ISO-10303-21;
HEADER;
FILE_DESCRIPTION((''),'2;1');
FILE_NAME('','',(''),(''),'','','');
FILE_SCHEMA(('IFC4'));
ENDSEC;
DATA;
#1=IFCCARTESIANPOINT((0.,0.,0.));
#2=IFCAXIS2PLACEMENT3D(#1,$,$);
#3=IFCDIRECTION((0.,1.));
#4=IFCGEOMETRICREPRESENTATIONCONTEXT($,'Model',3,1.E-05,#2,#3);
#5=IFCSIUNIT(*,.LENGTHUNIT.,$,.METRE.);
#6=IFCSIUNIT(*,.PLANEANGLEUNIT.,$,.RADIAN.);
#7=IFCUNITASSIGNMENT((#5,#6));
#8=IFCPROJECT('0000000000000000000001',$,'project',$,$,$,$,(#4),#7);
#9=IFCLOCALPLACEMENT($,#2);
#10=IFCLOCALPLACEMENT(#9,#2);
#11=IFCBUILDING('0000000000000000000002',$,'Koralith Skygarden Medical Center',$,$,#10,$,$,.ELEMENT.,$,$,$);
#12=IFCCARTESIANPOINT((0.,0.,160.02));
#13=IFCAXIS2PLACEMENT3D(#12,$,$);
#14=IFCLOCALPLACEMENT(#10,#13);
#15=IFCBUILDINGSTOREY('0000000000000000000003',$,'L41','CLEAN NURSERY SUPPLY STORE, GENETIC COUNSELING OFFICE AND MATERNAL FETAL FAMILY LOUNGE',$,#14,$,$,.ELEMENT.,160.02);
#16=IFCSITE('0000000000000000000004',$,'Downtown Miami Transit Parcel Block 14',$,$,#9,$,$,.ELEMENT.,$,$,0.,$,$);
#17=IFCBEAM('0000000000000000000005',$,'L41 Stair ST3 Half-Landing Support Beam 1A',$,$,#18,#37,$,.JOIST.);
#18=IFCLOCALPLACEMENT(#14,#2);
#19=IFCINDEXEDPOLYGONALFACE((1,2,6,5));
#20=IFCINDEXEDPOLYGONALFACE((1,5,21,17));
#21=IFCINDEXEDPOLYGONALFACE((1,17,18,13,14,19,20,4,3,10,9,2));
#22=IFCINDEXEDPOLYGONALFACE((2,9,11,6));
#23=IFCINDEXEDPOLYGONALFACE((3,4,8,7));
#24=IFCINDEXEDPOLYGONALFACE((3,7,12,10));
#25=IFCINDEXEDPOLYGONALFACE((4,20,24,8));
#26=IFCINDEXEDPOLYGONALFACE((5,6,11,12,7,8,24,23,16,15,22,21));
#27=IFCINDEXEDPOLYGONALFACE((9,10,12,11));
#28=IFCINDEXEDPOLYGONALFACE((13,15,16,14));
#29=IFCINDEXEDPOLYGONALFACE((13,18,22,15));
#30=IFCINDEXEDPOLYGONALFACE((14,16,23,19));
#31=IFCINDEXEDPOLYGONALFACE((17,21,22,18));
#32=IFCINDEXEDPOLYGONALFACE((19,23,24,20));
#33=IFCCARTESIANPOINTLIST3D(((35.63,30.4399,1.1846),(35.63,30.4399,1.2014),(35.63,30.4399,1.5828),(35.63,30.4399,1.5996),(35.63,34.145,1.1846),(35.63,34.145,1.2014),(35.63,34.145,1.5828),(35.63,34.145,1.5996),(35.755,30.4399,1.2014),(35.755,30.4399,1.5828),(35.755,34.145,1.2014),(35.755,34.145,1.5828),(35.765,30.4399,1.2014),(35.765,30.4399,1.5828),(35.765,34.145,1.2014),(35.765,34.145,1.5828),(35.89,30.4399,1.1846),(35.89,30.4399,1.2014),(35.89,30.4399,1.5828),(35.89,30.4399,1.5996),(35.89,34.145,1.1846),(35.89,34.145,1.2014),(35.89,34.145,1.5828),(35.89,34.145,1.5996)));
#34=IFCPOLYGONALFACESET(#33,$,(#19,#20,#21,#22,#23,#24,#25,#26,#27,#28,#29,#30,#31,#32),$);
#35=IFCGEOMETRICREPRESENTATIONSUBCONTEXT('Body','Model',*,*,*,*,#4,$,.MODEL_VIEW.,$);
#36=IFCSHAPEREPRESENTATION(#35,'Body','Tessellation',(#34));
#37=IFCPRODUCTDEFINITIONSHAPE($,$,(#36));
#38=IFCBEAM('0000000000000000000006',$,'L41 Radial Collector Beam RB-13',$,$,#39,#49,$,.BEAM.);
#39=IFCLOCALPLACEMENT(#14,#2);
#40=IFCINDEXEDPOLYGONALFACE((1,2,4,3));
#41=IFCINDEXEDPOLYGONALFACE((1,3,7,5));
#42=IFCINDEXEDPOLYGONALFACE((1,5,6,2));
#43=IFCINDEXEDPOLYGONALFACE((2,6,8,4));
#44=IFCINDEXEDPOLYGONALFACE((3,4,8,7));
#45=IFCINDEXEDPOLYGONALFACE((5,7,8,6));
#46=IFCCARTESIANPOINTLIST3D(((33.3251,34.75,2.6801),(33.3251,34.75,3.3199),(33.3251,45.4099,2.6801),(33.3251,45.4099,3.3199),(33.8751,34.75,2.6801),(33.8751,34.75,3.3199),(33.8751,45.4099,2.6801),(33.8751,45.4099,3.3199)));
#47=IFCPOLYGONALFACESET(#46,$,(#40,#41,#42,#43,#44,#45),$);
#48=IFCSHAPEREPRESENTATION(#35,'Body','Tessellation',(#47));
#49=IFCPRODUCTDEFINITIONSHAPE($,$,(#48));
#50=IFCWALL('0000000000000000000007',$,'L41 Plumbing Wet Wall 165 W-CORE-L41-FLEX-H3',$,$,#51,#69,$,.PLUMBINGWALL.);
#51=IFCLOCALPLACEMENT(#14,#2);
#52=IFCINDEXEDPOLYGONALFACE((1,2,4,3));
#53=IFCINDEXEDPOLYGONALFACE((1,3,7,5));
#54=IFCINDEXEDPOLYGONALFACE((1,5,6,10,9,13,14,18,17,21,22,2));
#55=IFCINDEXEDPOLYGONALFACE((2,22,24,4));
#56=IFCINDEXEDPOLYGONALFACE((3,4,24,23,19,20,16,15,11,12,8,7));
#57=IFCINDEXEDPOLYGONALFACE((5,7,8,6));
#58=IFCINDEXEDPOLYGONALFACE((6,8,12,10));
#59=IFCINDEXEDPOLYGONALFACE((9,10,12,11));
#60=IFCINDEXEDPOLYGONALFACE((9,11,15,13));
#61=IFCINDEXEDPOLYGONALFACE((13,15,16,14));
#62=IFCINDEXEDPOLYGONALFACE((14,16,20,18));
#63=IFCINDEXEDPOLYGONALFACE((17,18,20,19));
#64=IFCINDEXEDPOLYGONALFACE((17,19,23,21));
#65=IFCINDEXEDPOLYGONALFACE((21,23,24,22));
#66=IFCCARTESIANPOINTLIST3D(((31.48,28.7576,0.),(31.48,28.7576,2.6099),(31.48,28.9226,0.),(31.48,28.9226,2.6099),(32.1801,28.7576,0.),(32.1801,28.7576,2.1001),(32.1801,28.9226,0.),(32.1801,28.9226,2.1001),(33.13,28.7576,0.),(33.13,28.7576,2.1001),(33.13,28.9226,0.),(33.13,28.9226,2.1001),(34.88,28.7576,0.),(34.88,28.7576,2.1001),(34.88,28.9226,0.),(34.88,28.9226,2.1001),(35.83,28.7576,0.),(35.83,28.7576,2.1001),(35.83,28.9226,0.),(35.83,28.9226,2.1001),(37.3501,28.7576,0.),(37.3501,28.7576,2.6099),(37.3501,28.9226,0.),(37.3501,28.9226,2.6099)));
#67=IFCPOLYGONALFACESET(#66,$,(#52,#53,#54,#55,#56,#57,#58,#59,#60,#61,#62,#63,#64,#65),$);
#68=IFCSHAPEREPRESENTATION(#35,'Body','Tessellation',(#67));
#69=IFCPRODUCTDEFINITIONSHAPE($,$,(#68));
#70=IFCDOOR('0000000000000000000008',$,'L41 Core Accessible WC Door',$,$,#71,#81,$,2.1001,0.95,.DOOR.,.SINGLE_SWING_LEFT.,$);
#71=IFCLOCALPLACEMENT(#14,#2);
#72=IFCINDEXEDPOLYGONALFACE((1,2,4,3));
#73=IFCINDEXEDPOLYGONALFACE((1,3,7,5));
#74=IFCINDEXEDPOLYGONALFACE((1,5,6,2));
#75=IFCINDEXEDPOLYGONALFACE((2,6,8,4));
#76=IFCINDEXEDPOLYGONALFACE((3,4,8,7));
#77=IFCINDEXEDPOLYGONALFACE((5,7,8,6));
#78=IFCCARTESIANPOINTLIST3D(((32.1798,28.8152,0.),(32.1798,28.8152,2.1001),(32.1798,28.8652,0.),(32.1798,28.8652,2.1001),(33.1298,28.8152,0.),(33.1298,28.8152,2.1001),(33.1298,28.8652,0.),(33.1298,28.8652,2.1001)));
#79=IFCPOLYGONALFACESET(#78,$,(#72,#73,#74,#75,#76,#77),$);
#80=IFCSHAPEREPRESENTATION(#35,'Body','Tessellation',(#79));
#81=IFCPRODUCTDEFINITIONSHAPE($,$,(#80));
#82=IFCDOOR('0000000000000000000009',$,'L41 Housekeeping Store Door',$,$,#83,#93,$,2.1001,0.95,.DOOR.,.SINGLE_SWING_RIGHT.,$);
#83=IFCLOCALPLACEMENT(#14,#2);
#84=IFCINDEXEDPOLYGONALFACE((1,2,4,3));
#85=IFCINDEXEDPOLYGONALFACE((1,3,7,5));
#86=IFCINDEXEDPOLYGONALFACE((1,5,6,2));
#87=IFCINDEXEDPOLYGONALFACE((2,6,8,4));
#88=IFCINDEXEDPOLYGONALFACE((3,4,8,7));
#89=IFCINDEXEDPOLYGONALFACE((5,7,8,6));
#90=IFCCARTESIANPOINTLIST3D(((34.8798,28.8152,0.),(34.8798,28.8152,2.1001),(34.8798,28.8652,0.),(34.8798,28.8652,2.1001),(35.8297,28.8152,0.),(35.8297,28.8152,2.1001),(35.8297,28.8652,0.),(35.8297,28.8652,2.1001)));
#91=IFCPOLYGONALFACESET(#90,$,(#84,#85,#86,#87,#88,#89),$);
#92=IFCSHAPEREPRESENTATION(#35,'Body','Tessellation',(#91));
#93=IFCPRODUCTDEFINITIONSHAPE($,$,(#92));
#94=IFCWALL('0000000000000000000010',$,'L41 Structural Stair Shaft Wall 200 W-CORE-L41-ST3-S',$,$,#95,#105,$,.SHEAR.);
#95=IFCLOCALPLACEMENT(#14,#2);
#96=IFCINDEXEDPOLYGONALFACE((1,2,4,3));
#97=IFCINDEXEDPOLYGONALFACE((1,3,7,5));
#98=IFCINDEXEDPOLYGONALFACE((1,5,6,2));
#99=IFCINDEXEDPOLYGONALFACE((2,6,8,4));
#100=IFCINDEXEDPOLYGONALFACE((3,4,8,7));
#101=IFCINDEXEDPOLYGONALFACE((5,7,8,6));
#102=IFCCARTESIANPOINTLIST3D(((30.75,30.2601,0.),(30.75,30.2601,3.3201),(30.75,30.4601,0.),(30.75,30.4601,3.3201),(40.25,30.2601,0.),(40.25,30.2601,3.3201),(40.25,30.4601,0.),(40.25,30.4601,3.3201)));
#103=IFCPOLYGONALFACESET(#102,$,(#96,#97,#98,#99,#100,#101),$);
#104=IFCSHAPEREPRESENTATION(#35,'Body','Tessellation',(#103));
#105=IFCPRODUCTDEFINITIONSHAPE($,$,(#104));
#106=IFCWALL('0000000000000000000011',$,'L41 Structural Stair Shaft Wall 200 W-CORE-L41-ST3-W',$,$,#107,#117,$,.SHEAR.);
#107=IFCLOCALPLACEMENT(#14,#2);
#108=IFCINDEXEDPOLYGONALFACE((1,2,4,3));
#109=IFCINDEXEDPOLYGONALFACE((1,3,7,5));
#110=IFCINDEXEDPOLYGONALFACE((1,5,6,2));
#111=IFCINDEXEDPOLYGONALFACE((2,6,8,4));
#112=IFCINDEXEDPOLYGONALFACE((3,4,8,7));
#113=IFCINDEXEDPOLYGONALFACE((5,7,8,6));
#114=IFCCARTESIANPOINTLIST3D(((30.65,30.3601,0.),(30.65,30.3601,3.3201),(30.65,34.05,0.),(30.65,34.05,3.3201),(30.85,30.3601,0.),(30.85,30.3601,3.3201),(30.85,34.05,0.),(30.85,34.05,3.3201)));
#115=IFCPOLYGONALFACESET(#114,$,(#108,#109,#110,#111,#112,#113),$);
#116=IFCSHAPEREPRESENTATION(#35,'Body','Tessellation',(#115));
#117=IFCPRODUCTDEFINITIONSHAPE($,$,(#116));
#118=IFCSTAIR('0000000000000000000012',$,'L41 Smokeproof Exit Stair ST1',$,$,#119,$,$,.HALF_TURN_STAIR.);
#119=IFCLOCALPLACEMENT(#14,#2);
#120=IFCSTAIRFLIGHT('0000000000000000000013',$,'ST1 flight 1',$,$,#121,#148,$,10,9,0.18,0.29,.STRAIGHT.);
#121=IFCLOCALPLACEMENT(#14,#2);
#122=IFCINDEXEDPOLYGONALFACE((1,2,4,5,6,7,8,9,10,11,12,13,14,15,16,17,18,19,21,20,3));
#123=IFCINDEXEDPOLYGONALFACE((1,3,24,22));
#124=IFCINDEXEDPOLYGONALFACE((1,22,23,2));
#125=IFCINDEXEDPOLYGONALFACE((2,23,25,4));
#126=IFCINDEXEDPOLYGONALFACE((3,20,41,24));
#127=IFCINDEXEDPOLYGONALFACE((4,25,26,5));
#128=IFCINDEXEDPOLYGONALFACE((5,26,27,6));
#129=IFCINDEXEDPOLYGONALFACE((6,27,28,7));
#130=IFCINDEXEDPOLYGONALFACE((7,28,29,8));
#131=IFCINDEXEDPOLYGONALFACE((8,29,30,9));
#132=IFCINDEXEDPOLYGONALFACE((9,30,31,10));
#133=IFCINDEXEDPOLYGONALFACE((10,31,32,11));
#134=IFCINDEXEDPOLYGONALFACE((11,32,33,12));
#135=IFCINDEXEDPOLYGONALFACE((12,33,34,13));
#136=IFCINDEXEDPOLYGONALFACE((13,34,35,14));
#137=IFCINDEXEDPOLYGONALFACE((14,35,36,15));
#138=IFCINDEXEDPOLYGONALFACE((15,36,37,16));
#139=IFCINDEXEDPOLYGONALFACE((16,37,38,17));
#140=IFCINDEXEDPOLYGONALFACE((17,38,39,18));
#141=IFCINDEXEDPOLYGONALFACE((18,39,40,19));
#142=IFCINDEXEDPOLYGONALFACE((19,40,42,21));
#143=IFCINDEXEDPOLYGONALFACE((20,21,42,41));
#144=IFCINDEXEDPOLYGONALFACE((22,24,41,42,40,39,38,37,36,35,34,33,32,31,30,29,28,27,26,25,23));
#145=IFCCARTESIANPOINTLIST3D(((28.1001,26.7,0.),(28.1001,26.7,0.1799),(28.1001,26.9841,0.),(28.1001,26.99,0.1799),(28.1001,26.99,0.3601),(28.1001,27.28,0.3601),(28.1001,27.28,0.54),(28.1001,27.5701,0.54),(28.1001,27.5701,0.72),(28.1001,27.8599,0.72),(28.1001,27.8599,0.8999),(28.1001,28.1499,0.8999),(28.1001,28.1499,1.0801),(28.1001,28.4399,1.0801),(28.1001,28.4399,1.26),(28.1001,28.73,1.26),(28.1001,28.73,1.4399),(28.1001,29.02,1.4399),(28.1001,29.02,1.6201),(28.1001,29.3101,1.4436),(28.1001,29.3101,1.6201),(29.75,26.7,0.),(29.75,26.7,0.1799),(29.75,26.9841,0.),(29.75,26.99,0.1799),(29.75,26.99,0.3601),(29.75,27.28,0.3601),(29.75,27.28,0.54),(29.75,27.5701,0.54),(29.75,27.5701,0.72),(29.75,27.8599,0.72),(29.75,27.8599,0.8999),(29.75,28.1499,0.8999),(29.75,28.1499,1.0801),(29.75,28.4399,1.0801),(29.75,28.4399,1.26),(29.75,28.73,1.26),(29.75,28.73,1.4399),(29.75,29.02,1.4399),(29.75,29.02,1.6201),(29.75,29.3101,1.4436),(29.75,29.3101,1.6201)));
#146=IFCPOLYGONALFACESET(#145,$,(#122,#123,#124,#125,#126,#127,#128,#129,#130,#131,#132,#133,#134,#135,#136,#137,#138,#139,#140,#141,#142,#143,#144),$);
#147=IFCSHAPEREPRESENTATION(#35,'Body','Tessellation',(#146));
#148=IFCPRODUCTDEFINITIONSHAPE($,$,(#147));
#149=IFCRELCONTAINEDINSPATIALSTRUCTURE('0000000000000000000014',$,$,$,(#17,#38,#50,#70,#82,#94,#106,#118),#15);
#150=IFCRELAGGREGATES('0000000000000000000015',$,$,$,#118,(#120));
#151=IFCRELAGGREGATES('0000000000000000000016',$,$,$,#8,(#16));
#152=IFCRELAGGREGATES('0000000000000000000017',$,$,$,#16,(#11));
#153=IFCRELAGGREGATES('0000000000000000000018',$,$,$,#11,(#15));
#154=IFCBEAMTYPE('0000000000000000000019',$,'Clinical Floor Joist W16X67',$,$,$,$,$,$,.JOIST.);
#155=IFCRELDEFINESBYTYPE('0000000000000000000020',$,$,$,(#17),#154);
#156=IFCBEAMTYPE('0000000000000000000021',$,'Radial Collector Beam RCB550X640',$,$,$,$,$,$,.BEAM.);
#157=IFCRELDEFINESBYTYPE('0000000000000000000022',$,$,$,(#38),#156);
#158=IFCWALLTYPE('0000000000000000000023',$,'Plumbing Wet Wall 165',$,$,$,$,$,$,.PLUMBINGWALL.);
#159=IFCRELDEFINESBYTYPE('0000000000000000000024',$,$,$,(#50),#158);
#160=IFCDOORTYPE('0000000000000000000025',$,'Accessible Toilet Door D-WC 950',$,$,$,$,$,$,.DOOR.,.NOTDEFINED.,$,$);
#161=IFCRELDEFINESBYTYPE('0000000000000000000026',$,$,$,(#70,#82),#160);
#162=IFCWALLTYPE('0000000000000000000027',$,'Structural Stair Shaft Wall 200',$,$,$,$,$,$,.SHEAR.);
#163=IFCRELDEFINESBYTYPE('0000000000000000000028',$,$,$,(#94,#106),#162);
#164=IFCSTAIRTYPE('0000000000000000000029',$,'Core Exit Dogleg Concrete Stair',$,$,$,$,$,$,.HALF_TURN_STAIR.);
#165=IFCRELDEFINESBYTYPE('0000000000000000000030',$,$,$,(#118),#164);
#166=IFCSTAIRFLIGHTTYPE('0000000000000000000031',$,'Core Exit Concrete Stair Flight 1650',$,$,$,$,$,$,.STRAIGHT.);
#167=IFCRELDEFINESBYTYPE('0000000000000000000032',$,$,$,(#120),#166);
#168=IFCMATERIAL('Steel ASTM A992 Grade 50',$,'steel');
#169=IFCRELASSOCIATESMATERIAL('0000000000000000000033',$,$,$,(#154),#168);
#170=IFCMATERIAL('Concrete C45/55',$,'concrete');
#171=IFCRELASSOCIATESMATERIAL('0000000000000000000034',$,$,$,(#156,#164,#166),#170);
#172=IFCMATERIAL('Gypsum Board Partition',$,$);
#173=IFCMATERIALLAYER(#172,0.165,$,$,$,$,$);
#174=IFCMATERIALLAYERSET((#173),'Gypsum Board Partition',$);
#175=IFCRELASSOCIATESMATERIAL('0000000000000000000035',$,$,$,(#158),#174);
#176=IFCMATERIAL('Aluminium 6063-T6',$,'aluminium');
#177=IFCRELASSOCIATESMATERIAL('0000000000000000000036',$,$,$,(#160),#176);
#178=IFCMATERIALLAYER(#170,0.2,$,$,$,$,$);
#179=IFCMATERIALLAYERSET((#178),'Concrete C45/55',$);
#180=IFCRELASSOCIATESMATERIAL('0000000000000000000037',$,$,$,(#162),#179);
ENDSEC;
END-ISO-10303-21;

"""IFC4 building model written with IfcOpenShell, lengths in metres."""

from ifc_helpers import new_model, si_unit, direction, frame, frame_2d, origin, origin_2d, place, context, subcontext, project, spatial, polyline, rectangle, i_section, outline, extrude, material, layer, layer_set, material_profile, profile_set, type_object, element, fill, aggregate, save


model = new_model("IFC4")

# Units and contexts
model_context = context("Model", 3, precision=1e-05, world=origin(), true_north=direction((0.0, 1.0)))
body_context = subcontext(model_context, "Body", "Model", "MODEL_VIEW")
ifc_project = project(units=[si_unit("LENGTHUNIT", "METRE"), si_unit("PLANEANGLEUNIT", "RADIAN")], contexts=[model_context])

# Site, building, storey
site_placement = place(None, origin())
site = spatial("IfcSite", under=ifc_project, at=site_placement, Name="Downtown Miami Transit Parcel Block 14", CompositionType="ELEMENT", RefElevation=0.0)
building_placement = place(site_placement, origin())
building = spatial("IfcBuilding", under=site, at=building_placement, Name="Koralith Skygarden Medical Center", CompositionType="ELEMENT")
storey_placement = place(building_placement, frame((0.0, 0.0, 160.02)))
storey = spatial("IfcBuildingStorey", under=building, at=storey_placement, Name="L41", Description="CLEAN NURSERY SUPPLY STORE, GENETIC COUNSELING OFFICE AND MATERNAL FETAL FAMILY LOUNGE", CompositionType="ELEMENT", Elevation=160.02)

# Beams
ifc_material_1 = material(Name="Steel ASTM A992 Grade 50", Category="steel")
ifc_material_profile_1 = material_profile(ifc_material_1, i_section(OverallWidth=0.26, OverallDepth=0.415, WebThickness=0.01, FlangeThickness=0.0168, at=origin_2d()), Name="W16X67")
ifc_profile_set_1 = profile_set([ifc_material_profile_1], Name="Steel ASTM A992 Grade 50")
beam_type_1 = type_object("IfcBeamType", Name="Clinical Floor Joist W16X67", PredefinedType="JOIST", material=ifc_profile_set_1)
beam_1_placement = place(storey_placement, frame((35.76, 30.4399, 1.3921), z_axis=(0.0, 1.0, 0.0), x_axis=(-1.0, 0.0, 0.0)))
element("IfcBeam", 1, at=beam_1_placement, inside=storey, type_object=beam_type_1, Name="L41 Stair ST3 Half-Landing Support Beam 1A", PredefinedType="JOIST", context=body_context, shape_type="SweptSolid", body=[
    extrude(i_section(OverallWidth=0.26, OverallDepth=0.415, WebThickness=0.01, FlangeThickness=0.0168, at=origin_2d()), origin(), (0.0, 0.0, 1.0), 3.7051),
])
ifc_material_2 = material(Name="Concrete C45/55", Category="concrete")
ifc_material_profile_2 = material_profile(ifc_material_2, rectangle(XDim=0.55, YDim=0.6399, at=origin_2d()), Name="RCB550X640")
ifc_profile_set_2 = profile_set([ifc_material_profile_2], Name="Concrete C45/55")
beam_type_2 = type_object("IfcBeamType", Name="Radial Collector Beam RCB550X640", PredefinedType="BEAM", material=ifc_profile_set_2)
beam_2_placement = place(storey_placement, frame((33.6001, 34.75, 3.0), z_axis=(0.0, 1.0, 0.0), x_axis=(-1.0, 0.0, 0.0)))
element("IfcBeam", 2, at=beam_2_placement, inside=storey, type_object=beam_type_2, Name="L41 Radial Collector Beam RB-13", PredefinedType="BEAM", context=body_context, shape_type="SweptSolid", body=[
    extrude(rectangle(XDim=0.55, YDim=0.6399, at=origin_2d()), origin(), (0.0, 0.0, 1.0), 10.6599),
])

# Wall, openings, doors
ifc_material_3 = material(Name="Gypsum Board Partition")
ifc_layer_1 = layer(ifc_material_3, 0.165)
ifc_layer_set_1 = layer_set([ifc_layer_1], Name="Gypsum Board Partition")
wall_type_1 = type_object("IfcWallType", Name="Plumbing Wet Wall 165", PredefinedType="PLUMBINGWALL", material=ifc_layer_set_1)
wall_1_placement = place(storey_placement, frame((31.48, 28.8401, 0.0), z_axis=(0.0, 0.0, 1.0), x_axis=(1.0, 0.0, 0.0)))
wall_1 = element("IfcWall", 3, at=wall_1_placement, inside=storey, type_object=wall_type_1, Name="L41 Plumbing Wet Wall 165 W-CORE-L41-FLEX-H3", PredefinedType="PLUMBINGWALL", context=body_context, shape_type="SweptSolid", body=[
    extrude(rectangle(XDim=5.8701, YDim=0.165, at=frame_2d((2.9351, 0.0))), origin(), (0.0, 0.0, 1.0), 2.6099),
])
opening_1_placement = place(wall_1_placement, frame((0.7, 0.0, 0.0)))
opening_1 = element("IfcOpeningElement", 4, at=opening_1_placement, cuts=wall_1, PredefinedType="OPENING", context=body_context, shape_type="SweptSolid", body=[
    extrude(rectangle(XDim=0.95, YDim=2.1001, at=frame_2d((0.4751, 1.05))), frame((0.0, 0.0925, 0.0), z_axis=(0.0, -1.0, 0.0), x_axis=(1.0, 0.0, 0.0)), (0.0, 0.0, 1.0), 0.1851),
])
opening_2_placement = place(wall_1_placement, frame((3.3999, 0.0, 0.0)))
opening_2 = element("IfcOpeningElement", 5, at=opening_2_placement, cuts=wall_1, PredefinedType="OPENING", context=body_context, shape_type="SweptSolid", body=[
    extrude(rectangle(XDim=0.95, YDim=2.1001, at=frame_2d((0.4751, 1.05))), frame((0.0, 0.0925, 0.0), z_axis=(0.0, -1.0, 0.0), x_axis=(1.0, 0.0, 0.0)), (0.0, 0.0, 1.0), 0.1851),
])
ifc_material_4 = material(Name="Aluminium 6063-T6", Category="aluminium")
door_type_1 = type_object("IfcDoorType", Name="Accessible Toilet Door D-WC 950", OperationType="NOTDEFINED", PredefinedType="DOOR", material=ifc_material_4)
door_1_placement = place(opening_1_placement, frame((0.95, 0.0, 0.0), z_axis=(0.0, 0.0, 1.0), x_axis=(-1.0, 0.0, 0.0)))
door_1 = element("IfcDoor", 6, at=door_1_placement, inside=storey, type_object=door_type_1, Name="L41 Core Accessible WC Door", OperationType="SINGLE_SWING_LEFT", OverallHeight=2.1001, OverallWidth=0.95, PredefinedType="DOOR", context=body_context, shape_type="SweptSolid", body=[
    extrude(rectangle(XDim=0.95, YDim=2.1001, at=frame_2d((0.4751, 1.05))), frame((0.0, 0.0249, 0.0), z_axis=(0.0, -1.0, 0.0), x_axis=(1.0, 0.0, 0.0)), (0.0, 0.0, 1.0), 0.05),
])
fill(opening_1, door_1)
door_2_placement = place(opening_2_placement, frame((0.95, 0.0, 0.0), z_axis=(0.0, 0.0, 1.0), x_axis=(-1.0, 0.0, 0.0)))
door_2 = element("IfcDoor", 7, at=door_2_placement, inside=storey, type_object=door_type_1, Name="L41 Housekeeping Store Door", OperationType="SINGLE_SWING_RIGHT", OverallHeight=2.1001, OverallWidth=0.95, PredefinedType="DOOR", context=body_context, shape_type="SweptSolid", body=[
    extrude(rectangle(XDim=0.95, YDim=2.1001, at=frame_2d((0.4751, 1.05))), frame((0.0, 0.0249, 0.0), z_axis=(0.0, -1.0, 0.0), x_axis=(1.0, 0.0, 0.0)), (0.0, 0.0, 1.0), 0.05),
])
fill(opening_2, door_2)

# Walls
ifc_layer_2 = layer(ifc_material_2, 0.2)
ifc_layer_set_2 = layer_set([ifc_layer_2], Name="Concrete C45/55")
wall_type_2 = type_object("IfcWallType", Name="Structural Stair Shaft Wall 200", PredefinedType="SHEAR", material=ifc_layer_set_2)
wall_2_placement = place(storey_placement, frame((30.75, 30.3601, 0.0), z_axis=(0.0, 0.0, 1.0), x_axis=(1.0, 0.0, 0.0)))
element("IfcWall", 8, at=wall_2_placement, inside=storey, type_object=wall_type_2, Name="L41 Structural Stair Shaft Wall 200 W-CORE-L41-ST3-S", PredefinedType="SHEAR", context=body_context, shape_type="SweptSolid", body=[
    extrude(rectangle(XDim=9.5, YDim=0.2, at=frame_2d((4.75, 0.0))), origin(), (0.0, 0.0, 1.0), 3.3201),
])
wall_3_placement = place(storey_placement, frame((30.75, 30.3601, 0.0), z_axis=(0.0, 0.0, 1.0), x_axis=(0.0, 1.0, 0.0)))
element("IfcWall", 9, at=wall_3_placement, inside=storey, type_object=wall_type_2, Name="L41 Structural Stair Shaft Wall 200 W-CORE-L41-ST3-W", PredefinedType="SHEAR", context=body_context, shape_type="SweptSolid", body=[
    extrude(rectangle(XDim=3.6899, YDim=0.2, at=frame_2d((1.845, 0.0))), origin(), (0.0, 0.0, 1.0), 3.3201),
])

# Stair, stair flight
stair_type = type_object("IfcStairType", Name="Core Exit Dogleg Concrete Stair", PredefinedType="HALF_TURN_STAIR", material=ifc_material_2)
stair_1_placement = place(storey_placement, origin())
stair_1 = element("IfcStair", 10, at=stair_1_placement, inside=storey, type_object=stair_type, Name="L41 Smokeproof Exit Stair ST1", PredefinedType="HALF_TURN_STAIR")
stair_flight_type = type_object("IfcStairFlightType", Name="Core Exit Concrete Stair Flight 1650", PredefinedType="STRAIGHT", material=ifc_material_2)
stair_flight_1_placement = place(storey_placement, frame((28.925, 26.7, 0.0), z_axis=(0.0, 0.0, 1.0), x_axis=(0.0, 1.0, 0.0)))
stair_flight_1 = element("IfcStairFlight", 11, at=stair_flight_1_placement, type_object=stair_flight_type, Name="ST1 flight 1", NumberOfRisers=10, NumberOfTreads=9, PredefinedType="STRAIGHT", RiserHeight=0.18, TreadLength=0.29, context=body_context, shape_type="SweptSolid", body=[
    extrude(outline(polyline([(0.0, 0.0), (0.0, 0.1799), (0.29, 0.1799), (0.29, 0.3601), (0.5801, 0.3601), (0.5801, 0.54), (0.8701, 0.54), (0.8701, 0.72), (1.1599, 0.72), (1.1599, 0.8999), (1.45, 0.8999), (1.45, 1.0801), (1.74, 1.0801), (1.74, 1.26), (2.03, 1.26), (2.03, 1.4399), (2.3201, 1.4399), (2.3201, 1.6201), (2.6101, 1.6201), (2.6101, 1.8), (2.6101, 1.4436), (0.2842, 0.0), (0.0, 0.0)])), frame((0.0, 0.825, 0.0), z_axis=(0.0, -1.0, 0.0), x_axis=(1.0, 0.0, 0.0)), (0.0, 0.0, 1.0), 1.6499),
])
aggregate(stair_1, [stair_flight_1])

save(model, "model.ifc")
